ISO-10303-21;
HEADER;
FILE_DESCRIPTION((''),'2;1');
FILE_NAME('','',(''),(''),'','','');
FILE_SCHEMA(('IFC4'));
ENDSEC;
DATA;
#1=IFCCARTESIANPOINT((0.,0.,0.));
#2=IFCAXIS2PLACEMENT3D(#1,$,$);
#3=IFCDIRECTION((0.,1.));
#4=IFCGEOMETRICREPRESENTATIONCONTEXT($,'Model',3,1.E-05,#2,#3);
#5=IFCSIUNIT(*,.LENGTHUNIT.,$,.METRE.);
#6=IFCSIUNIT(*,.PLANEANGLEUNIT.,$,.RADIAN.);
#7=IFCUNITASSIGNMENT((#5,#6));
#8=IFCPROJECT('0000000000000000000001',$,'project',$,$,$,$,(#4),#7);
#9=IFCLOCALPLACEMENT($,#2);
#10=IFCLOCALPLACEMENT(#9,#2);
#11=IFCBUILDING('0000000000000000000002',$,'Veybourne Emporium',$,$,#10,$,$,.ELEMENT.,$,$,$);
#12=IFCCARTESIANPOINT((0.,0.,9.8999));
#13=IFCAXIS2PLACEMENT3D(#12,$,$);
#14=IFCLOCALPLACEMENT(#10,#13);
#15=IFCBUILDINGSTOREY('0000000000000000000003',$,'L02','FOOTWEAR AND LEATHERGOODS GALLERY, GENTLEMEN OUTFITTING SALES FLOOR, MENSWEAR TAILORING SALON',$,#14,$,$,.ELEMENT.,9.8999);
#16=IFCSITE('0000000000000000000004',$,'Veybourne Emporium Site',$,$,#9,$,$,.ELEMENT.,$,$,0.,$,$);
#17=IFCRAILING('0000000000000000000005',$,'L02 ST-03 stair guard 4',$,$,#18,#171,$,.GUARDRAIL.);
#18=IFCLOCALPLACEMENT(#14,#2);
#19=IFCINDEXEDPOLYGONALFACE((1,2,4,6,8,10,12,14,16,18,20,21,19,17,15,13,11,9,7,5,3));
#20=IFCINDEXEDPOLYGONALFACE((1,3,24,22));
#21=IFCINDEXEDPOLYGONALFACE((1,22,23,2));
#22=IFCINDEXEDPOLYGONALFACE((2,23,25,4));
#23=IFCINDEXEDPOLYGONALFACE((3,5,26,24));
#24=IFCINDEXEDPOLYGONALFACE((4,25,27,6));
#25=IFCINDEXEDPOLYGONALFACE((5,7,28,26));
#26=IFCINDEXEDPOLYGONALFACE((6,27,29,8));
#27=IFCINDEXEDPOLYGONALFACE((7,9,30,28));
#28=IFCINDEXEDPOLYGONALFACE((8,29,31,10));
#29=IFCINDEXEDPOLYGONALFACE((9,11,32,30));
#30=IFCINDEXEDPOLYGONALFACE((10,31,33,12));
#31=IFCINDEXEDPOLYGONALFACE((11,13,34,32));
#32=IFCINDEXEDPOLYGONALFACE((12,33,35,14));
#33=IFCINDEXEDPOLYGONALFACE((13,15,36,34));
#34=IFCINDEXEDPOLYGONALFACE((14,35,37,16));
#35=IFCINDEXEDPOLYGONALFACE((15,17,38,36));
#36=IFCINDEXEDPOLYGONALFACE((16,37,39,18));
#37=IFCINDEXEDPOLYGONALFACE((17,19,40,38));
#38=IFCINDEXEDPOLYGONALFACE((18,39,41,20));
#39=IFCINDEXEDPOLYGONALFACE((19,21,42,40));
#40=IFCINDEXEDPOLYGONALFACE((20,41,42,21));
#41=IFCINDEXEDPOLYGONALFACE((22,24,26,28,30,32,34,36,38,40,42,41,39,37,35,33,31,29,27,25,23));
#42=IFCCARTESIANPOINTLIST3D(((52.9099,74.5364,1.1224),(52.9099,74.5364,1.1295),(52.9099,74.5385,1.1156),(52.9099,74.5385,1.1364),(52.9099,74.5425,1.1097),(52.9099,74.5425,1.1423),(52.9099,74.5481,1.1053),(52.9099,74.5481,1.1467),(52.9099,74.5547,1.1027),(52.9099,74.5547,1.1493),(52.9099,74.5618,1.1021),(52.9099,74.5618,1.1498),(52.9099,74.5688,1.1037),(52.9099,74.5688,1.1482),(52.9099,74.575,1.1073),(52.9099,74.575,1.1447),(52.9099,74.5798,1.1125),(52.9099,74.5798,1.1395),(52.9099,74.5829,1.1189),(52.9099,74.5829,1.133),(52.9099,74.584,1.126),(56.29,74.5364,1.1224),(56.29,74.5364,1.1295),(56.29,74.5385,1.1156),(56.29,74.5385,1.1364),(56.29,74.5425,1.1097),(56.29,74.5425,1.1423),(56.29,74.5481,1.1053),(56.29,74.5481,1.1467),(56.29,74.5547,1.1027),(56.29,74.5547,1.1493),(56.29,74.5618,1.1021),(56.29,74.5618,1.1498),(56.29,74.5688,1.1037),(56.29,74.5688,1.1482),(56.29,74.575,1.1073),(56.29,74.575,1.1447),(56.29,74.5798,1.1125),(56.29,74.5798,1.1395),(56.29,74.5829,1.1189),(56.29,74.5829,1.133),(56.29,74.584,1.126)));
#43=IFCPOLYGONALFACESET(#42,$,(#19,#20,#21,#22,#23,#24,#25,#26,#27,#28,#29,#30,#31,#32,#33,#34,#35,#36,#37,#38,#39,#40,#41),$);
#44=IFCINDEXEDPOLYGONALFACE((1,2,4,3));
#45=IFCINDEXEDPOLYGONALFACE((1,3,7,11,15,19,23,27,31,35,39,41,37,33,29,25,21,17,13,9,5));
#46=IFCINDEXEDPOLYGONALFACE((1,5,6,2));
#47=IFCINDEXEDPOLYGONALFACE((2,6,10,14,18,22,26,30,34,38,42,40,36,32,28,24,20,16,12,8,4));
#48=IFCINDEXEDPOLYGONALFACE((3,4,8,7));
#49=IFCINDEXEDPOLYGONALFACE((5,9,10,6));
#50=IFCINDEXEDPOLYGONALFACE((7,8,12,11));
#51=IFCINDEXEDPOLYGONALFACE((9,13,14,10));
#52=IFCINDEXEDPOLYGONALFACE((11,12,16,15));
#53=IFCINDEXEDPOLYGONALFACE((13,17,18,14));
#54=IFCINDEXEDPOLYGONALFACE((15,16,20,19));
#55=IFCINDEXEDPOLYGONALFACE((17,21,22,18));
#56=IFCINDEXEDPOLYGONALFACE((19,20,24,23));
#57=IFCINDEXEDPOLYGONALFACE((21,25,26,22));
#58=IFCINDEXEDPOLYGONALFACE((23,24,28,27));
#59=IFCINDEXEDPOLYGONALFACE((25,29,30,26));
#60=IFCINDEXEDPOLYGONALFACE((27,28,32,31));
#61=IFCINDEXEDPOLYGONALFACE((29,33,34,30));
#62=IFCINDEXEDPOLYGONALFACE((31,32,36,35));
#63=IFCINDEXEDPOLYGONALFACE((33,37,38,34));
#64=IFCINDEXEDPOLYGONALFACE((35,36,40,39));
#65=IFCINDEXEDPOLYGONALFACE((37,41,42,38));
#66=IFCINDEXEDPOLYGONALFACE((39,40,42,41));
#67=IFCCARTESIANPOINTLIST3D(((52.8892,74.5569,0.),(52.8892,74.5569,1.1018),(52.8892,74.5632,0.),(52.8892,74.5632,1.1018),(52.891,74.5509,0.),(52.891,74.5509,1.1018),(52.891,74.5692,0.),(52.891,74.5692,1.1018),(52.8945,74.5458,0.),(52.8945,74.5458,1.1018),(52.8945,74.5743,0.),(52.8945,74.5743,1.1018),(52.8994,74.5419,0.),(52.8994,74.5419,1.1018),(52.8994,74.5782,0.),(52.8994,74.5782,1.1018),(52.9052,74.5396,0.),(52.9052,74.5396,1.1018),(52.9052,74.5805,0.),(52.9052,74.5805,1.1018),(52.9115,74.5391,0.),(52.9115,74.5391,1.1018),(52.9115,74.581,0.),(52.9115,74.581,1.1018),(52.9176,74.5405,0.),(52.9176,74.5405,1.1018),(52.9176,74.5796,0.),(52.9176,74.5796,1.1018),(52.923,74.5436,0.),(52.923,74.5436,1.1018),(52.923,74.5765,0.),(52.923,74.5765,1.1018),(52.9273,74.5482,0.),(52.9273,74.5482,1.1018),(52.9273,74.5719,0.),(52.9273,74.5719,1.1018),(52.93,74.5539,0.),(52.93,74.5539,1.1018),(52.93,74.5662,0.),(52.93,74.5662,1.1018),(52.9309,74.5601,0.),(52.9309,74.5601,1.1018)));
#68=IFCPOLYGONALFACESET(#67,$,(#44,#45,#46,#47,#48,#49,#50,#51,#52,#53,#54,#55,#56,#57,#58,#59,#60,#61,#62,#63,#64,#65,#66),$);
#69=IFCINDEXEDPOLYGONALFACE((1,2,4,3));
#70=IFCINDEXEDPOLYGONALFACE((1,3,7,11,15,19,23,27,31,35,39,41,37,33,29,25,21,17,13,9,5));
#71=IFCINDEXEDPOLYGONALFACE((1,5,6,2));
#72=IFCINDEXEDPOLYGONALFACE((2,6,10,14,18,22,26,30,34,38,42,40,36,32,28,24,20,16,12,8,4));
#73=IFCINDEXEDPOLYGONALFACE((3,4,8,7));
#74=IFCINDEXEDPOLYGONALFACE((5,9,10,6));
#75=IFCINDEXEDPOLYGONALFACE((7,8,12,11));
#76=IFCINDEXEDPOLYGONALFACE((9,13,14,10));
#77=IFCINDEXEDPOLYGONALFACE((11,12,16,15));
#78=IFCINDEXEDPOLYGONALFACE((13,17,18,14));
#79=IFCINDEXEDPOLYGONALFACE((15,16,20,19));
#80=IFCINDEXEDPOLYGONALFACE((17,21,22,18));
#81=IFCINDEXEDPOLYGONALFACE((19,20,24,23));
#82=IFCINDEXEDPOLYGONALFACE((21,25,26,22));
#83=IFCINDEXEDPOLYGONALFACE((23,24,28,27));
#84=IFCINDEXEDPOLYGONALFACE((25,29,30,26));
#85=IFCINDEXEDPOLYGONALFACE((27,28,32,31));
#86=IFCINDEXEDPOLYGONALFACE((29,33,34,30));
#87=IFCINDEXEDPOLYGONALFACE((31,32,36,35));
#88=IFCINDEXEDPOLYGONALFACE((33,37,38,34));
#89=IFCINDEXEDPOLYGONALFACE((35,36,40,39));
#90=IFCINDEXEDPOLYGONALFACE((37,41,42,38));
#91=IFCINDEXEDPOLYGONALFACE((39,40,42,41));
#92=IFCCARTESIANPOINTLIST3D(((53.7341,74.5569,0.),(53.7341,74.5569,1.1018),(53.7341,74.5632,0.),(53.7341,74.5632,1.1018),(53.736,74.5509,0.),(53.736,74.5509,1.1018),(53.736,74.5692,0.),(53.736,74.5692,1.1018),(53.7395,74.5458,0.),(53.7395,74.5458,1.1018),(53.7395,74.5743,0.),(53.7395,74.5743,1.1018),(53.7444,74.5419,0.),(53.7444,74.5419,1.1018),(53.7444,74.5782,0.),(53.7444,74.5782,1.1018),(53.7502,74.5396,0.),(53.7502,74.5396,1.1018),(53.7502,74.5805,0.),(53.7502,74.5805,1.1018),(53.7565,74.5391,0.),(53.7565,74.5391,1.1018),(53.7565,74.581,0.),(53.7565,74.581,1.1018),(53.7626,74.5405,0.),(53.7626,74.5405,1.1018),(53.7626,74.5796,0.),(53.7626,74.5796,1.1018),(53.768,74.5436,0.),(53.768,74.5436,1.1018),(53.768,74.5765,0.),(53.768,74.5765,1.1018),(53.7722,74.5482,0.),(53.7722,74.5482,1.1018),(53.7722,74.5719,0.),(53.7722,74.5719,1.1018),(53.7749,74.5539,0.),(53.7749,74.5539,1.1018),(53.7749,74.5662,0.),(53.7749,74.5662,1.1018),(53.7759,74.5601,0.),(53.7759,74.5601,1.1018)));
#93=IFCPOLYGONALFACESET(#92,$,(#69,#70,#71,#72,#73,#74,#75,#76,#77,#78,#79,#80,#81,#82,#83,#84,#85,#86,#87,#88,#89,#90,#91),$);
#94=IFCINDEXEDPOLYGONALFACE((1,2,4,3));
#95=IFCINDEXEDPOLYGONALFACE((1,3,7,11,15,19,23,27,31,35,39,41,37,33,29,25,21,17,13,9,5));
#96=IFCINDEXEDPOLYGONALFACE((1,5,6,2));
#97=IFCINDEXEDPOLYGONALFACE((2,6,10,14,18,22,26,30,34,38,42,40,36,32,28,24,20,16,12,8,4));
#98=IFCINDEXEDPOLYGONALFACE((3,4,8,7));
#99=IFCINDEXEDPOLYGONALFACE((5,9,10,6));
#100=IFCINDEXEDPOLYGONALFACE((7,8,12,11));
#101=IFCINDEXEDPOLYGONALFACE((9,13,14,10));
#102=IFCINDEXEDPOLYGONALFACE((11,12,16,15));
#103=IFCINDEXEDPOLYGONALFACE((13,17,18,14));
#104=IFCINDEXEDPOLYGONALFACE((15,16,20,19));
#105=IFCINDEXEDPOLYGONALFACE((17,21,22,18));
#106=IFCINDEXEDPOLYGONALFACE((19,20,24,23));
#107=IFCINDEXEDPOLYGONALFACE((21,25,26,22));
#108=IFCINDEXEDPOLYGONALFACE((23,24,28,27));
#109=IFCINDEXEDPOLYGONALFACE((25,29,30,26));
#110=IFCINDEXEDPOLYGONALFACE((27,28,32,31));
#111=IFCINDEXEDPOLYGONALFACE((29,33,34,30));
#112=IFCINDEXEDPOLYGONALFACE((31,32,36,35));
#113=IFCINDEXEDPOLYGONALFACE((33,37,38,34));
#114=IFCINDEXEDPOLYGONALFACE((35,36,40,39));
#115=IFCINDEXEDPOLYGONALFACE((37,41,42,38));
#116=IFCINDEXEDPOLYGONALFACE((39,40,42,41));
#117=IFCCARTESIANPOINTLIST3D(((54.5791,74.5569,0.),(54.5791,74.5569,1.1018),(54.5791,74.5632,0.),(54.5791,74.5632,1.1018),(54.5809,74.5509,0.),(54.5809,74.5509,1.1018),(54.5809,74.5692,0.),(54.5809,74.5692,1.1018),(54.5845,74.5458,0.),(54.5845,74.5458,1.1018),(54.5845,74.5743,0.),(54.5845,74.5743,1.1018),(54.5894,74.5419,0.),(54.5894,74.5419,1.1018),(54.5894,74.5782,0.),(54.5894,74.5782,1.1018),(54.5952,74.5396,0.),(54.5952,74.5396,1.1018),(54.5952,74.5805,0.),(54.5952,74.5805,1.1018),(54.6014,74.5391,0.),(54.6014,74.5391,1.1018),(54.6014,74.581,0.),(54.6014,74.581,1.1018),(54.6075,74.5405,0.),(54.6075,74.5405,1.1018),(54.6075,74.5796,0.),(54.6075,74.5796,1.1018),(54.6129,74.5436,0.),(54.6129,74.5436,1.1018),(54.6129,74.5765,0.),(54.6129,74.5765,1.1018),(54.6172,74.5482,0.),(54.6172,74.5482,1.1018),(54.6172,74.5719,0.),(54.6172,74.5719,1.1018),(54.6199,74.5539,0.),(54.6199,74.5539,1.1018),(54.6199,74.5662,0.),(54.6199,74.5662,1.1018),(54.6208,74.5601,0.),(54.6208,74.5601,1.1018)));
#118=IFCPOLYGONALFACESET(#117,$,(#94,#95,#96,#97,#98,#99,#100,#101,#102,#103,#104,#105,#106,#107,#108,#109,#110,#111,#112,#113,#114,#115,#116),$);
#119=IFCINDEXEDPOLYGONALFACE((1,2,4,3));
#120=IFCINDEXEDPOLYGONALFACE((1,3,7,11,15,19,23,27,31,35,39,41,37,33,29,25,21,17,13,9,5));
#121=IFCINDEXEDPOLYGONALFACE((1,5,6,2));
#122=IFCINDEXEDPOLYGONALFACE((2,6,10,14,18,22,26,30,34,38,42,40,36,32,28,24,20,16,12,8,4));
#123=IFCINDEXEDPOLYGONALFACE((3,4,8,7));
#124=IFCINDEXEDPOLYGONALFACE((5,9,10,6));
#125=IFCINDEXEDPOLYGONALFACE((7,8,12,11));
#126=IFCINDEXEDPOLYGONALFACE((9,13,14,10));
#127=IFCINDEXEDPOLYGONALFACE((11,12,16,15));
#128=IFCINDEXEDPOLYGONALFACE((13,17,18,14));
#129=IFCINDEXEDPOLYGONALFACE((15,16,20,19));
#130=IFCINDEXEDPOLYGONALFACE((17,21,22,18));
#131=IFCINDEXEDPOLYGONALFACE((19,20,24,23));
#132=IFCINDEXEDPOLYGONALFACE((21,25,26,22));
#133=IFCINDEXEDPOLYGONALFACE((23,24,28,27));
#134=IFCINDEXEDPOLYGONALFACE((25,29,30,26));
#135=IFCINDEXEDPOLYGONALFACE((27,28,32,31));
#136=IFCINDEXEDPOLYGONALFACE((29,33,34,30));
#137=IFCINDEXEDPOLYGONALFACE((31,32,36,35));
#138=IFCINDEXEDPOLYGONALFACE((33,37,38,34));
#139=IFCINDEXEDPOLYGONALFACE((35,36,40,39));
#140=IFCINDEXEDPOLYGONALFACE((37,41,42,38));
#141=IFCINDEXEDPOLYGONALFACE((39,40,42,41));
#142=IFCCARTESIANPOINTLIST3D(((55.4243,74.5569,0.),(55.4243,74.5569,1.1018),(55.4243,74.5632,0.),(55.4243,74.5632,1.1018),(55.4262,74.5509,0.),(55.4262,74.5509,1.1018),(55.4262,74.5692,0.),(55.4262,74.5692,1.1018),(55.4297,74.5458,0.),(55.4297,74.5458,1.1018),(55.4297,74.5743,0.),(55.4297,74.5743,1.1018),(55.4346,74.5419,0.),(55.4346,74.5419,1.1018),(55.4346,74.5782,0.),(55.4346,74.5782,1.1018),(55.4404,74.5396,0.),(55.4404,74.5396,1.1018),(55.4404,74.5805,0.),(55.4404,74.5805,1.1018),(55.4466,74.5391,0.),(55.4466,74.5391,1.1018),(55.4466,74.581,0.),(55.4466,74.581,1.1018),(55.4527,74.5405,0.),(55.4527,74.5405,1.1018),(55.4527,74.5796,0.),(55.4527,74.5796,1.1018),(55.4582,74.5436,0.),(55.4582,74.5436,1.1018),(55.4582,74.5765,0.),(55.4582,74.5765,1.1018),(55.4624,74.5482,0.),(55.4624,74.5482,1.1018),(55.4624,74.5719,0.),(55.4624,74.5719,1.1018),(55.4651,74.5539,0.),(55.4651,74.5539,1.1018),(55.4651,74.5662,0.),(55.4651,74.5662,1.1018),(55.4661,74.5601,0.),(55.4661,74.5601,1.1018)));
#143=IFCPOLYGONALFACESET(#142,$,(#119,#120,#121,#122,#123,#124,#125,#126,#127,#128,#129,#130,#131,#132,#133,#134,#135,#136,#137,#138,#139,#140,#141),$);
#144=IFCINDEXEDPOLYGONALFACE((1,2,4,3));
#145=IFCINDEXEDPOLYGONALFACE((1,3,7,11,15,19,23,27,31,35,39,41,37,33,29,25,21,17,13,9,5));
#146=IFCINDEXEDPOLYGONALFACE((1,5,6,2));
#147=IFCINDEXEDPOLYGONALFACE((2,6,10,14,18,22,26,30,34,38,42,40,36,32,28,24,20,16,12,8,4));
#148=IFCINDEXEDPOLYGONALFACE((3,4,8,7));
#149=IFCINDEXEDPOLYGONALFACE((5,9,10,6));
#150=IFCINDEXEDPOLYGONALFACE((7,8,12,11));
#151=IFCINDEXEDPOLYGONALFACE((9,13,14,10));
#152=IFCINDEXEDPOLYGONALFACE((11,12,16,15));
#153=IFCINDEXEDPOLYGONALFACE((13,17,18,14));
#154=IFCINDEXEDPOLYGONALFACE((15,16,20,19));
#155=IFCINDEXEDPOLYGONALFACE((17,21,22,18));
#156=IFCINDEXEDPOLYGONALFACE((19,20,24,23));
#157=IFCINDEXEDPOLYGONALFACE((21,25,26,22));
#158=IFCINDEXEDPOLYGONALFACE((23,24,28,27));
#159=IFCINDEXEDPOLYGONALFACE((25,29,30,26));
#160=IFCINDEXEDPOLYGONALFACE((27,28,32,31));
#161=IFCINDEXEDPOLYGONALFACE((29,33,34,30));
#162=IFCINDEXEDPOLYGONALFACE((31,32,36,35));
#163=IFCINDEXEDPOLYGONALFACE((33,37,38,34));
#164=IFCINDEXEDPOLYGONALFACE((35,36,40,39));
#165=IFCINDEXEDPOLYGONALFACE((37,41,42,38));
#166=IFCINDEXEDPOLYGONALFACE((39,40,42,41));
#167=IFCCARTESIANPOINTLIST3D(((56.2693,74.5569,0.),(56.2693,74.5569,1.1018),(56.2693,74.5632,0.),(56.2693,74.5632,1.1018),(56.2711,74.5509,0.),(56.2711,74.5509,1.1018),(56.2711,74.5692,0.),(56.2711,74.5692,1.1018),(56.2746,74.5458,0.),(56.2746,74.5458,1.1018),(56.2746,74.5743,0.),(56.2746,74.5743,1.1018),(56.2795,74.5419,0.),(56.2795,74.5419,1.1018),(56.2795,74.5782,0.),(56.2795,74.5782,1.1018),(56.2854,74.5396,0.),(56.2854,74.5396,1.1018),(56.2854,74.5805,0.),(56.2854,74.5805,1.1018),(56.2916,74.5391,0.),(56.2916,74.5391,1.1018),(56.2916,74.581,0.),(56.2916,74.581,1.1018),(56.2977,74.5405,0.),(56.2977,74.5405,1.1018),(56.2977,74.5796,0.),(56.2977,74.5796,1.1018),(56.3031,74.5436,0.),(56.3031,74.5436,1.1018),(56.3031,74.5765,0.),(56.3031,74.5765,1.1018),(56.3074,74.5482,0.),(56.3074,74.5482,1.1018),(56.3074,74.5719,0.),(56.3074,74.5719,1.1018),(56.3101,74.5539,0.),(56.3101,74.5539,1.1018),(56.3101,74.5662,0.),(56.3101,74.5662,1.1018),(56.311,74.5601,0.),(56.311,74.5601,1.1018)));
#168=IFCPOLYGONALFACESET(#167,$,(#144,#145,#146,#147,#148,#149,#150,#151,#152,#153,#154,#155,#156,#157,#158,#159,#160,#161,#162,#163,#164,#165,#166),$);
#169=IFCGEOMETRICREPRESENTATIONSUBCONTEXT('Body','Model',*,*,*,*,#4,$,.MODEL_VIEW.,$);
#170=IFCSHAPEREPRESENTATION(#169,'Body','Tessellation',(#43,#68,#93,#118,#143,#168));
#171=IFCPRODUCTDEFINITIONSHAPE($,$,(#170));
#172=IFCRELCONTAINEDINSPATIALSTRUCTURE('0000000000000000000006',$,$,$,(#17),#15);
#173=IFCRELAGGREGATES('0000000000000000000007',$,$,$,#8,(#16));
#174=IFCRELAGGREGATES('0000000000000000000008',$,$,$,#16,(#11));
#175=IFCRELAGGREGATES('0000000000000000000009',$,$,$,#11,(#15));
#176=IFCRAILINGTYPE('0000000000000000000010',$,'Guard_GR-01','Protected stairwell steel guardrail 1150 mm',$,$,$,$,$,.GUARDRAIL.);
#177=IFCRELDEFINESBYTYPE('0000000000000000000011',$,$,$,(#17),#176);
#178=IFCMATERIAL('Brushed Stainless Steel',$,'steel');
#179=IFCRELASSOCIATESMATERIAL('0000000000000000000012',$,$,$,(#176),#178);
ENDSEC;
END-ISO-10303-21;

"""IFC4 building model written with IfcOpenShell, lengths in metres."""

from ifc_helpers import new_model, si_unit, direction, frame, origin, origin_2d, place, context, subcontext, project, spatial, circle, extrude, material, type_object, element, save


model = new_model("IFC4")

# Units and contexts
model_context = context("Model", 3, precision=1e-05, world=origin(), true_north=direction((0.0, 1.0)))
body_context = subcontext(model_context, "Body", "Model", "MODEL_VIEW")
ifc_project = project(units=[si_unit("LENGTHUNIT", "METRE"), si_unit("PLANEANGLEUNIT", "RADIAN")], contexts=[model_context])

# Site, building, storey
site_placement = place(None, origin())
site = spatial("IfcSite", under=ifc_project, at=site_placement, Name="Veybourne Emporium Site", CompositionType="ELEMENT", RefElevation=0.0)
building_placement = place(site_placement, origin())
building = spatial("IfcBuilding", under=site, at=building_placement, Name="Veybourne Emporium", CompositionType="ELEMENT")
storey_placement = place(building_placement, frame((0.0, 0.0, 9.8999)))
storey = spatial("IfcBuildingStorey", under=building, at=storey_placement, Name="L02", Description="FOOTWEAR AND LEATHERGOODS GALLERY, GENTLEMEN OUTFITTING SALES FLOOR, MENSWEAR TAILORING SALON", CompositionType="ELEMENT", Elevation=9.8999)

# Railing
ifc_material_1 = material(Name="Brushed Stainless Steel", Category="steel")
railing_type_1 = type_object("IfcRailingType", Name="Guard_GR-01", Description="Protected stairwell steel guardrail 1150 mm", PredefinedType="GUARDRAIL", material=ifc_material_1)
railing_1_placement = place(storey_placement, frame((52.9099, 74.5601, 0.0)))
element("IfcRailing", 1, at=railing_1_placement, inside=storey, type_object=railing_type_1, Name="L02 ST-03 stair guard 4", PredefinedType="GUARDRAIL", context=body_context, shape_type="SweptSolid", body=[
    extrude(circle(Radius=0.0239, at=origin_2d()), frame((0.0, 0.0, 1.126), z_axis=(1.0, 0.0, 0.0), x_axis=(0.0, 1.0, 0.0)), (0.0, 0.0, 1.0), 3.3801),
    extrude(circle(Radius=0.021, at=origin_2d()), origin(), (0.0, 0.0, 1.0), 1.1018),
    extrude(circle(Radius=0.021, at=origin_2d()), frame((0.845, 0.0, 0.0)), (0.0, 0.0, 1.0), 1.1018),
    extrude(circle(Radius=0.021, at=origin_2d()), frame((1.6899, 0.0, 0.0)), (0.0, 0.0, 1.0), 1.1018),
    extrude(circle(Radius=0.021, at=origin_2d()), frame((2.5352, 0.0, 0.0)), (0.0, 0.0, 1.0), 1.1018),
    extrude(circle(Radius=0.021, at=origin_2d()), frame((3.3801, 0.0, 0.0)), (0.0, 0.0, 1.0), 1.1018),
])

save(model, "model.ifc")
